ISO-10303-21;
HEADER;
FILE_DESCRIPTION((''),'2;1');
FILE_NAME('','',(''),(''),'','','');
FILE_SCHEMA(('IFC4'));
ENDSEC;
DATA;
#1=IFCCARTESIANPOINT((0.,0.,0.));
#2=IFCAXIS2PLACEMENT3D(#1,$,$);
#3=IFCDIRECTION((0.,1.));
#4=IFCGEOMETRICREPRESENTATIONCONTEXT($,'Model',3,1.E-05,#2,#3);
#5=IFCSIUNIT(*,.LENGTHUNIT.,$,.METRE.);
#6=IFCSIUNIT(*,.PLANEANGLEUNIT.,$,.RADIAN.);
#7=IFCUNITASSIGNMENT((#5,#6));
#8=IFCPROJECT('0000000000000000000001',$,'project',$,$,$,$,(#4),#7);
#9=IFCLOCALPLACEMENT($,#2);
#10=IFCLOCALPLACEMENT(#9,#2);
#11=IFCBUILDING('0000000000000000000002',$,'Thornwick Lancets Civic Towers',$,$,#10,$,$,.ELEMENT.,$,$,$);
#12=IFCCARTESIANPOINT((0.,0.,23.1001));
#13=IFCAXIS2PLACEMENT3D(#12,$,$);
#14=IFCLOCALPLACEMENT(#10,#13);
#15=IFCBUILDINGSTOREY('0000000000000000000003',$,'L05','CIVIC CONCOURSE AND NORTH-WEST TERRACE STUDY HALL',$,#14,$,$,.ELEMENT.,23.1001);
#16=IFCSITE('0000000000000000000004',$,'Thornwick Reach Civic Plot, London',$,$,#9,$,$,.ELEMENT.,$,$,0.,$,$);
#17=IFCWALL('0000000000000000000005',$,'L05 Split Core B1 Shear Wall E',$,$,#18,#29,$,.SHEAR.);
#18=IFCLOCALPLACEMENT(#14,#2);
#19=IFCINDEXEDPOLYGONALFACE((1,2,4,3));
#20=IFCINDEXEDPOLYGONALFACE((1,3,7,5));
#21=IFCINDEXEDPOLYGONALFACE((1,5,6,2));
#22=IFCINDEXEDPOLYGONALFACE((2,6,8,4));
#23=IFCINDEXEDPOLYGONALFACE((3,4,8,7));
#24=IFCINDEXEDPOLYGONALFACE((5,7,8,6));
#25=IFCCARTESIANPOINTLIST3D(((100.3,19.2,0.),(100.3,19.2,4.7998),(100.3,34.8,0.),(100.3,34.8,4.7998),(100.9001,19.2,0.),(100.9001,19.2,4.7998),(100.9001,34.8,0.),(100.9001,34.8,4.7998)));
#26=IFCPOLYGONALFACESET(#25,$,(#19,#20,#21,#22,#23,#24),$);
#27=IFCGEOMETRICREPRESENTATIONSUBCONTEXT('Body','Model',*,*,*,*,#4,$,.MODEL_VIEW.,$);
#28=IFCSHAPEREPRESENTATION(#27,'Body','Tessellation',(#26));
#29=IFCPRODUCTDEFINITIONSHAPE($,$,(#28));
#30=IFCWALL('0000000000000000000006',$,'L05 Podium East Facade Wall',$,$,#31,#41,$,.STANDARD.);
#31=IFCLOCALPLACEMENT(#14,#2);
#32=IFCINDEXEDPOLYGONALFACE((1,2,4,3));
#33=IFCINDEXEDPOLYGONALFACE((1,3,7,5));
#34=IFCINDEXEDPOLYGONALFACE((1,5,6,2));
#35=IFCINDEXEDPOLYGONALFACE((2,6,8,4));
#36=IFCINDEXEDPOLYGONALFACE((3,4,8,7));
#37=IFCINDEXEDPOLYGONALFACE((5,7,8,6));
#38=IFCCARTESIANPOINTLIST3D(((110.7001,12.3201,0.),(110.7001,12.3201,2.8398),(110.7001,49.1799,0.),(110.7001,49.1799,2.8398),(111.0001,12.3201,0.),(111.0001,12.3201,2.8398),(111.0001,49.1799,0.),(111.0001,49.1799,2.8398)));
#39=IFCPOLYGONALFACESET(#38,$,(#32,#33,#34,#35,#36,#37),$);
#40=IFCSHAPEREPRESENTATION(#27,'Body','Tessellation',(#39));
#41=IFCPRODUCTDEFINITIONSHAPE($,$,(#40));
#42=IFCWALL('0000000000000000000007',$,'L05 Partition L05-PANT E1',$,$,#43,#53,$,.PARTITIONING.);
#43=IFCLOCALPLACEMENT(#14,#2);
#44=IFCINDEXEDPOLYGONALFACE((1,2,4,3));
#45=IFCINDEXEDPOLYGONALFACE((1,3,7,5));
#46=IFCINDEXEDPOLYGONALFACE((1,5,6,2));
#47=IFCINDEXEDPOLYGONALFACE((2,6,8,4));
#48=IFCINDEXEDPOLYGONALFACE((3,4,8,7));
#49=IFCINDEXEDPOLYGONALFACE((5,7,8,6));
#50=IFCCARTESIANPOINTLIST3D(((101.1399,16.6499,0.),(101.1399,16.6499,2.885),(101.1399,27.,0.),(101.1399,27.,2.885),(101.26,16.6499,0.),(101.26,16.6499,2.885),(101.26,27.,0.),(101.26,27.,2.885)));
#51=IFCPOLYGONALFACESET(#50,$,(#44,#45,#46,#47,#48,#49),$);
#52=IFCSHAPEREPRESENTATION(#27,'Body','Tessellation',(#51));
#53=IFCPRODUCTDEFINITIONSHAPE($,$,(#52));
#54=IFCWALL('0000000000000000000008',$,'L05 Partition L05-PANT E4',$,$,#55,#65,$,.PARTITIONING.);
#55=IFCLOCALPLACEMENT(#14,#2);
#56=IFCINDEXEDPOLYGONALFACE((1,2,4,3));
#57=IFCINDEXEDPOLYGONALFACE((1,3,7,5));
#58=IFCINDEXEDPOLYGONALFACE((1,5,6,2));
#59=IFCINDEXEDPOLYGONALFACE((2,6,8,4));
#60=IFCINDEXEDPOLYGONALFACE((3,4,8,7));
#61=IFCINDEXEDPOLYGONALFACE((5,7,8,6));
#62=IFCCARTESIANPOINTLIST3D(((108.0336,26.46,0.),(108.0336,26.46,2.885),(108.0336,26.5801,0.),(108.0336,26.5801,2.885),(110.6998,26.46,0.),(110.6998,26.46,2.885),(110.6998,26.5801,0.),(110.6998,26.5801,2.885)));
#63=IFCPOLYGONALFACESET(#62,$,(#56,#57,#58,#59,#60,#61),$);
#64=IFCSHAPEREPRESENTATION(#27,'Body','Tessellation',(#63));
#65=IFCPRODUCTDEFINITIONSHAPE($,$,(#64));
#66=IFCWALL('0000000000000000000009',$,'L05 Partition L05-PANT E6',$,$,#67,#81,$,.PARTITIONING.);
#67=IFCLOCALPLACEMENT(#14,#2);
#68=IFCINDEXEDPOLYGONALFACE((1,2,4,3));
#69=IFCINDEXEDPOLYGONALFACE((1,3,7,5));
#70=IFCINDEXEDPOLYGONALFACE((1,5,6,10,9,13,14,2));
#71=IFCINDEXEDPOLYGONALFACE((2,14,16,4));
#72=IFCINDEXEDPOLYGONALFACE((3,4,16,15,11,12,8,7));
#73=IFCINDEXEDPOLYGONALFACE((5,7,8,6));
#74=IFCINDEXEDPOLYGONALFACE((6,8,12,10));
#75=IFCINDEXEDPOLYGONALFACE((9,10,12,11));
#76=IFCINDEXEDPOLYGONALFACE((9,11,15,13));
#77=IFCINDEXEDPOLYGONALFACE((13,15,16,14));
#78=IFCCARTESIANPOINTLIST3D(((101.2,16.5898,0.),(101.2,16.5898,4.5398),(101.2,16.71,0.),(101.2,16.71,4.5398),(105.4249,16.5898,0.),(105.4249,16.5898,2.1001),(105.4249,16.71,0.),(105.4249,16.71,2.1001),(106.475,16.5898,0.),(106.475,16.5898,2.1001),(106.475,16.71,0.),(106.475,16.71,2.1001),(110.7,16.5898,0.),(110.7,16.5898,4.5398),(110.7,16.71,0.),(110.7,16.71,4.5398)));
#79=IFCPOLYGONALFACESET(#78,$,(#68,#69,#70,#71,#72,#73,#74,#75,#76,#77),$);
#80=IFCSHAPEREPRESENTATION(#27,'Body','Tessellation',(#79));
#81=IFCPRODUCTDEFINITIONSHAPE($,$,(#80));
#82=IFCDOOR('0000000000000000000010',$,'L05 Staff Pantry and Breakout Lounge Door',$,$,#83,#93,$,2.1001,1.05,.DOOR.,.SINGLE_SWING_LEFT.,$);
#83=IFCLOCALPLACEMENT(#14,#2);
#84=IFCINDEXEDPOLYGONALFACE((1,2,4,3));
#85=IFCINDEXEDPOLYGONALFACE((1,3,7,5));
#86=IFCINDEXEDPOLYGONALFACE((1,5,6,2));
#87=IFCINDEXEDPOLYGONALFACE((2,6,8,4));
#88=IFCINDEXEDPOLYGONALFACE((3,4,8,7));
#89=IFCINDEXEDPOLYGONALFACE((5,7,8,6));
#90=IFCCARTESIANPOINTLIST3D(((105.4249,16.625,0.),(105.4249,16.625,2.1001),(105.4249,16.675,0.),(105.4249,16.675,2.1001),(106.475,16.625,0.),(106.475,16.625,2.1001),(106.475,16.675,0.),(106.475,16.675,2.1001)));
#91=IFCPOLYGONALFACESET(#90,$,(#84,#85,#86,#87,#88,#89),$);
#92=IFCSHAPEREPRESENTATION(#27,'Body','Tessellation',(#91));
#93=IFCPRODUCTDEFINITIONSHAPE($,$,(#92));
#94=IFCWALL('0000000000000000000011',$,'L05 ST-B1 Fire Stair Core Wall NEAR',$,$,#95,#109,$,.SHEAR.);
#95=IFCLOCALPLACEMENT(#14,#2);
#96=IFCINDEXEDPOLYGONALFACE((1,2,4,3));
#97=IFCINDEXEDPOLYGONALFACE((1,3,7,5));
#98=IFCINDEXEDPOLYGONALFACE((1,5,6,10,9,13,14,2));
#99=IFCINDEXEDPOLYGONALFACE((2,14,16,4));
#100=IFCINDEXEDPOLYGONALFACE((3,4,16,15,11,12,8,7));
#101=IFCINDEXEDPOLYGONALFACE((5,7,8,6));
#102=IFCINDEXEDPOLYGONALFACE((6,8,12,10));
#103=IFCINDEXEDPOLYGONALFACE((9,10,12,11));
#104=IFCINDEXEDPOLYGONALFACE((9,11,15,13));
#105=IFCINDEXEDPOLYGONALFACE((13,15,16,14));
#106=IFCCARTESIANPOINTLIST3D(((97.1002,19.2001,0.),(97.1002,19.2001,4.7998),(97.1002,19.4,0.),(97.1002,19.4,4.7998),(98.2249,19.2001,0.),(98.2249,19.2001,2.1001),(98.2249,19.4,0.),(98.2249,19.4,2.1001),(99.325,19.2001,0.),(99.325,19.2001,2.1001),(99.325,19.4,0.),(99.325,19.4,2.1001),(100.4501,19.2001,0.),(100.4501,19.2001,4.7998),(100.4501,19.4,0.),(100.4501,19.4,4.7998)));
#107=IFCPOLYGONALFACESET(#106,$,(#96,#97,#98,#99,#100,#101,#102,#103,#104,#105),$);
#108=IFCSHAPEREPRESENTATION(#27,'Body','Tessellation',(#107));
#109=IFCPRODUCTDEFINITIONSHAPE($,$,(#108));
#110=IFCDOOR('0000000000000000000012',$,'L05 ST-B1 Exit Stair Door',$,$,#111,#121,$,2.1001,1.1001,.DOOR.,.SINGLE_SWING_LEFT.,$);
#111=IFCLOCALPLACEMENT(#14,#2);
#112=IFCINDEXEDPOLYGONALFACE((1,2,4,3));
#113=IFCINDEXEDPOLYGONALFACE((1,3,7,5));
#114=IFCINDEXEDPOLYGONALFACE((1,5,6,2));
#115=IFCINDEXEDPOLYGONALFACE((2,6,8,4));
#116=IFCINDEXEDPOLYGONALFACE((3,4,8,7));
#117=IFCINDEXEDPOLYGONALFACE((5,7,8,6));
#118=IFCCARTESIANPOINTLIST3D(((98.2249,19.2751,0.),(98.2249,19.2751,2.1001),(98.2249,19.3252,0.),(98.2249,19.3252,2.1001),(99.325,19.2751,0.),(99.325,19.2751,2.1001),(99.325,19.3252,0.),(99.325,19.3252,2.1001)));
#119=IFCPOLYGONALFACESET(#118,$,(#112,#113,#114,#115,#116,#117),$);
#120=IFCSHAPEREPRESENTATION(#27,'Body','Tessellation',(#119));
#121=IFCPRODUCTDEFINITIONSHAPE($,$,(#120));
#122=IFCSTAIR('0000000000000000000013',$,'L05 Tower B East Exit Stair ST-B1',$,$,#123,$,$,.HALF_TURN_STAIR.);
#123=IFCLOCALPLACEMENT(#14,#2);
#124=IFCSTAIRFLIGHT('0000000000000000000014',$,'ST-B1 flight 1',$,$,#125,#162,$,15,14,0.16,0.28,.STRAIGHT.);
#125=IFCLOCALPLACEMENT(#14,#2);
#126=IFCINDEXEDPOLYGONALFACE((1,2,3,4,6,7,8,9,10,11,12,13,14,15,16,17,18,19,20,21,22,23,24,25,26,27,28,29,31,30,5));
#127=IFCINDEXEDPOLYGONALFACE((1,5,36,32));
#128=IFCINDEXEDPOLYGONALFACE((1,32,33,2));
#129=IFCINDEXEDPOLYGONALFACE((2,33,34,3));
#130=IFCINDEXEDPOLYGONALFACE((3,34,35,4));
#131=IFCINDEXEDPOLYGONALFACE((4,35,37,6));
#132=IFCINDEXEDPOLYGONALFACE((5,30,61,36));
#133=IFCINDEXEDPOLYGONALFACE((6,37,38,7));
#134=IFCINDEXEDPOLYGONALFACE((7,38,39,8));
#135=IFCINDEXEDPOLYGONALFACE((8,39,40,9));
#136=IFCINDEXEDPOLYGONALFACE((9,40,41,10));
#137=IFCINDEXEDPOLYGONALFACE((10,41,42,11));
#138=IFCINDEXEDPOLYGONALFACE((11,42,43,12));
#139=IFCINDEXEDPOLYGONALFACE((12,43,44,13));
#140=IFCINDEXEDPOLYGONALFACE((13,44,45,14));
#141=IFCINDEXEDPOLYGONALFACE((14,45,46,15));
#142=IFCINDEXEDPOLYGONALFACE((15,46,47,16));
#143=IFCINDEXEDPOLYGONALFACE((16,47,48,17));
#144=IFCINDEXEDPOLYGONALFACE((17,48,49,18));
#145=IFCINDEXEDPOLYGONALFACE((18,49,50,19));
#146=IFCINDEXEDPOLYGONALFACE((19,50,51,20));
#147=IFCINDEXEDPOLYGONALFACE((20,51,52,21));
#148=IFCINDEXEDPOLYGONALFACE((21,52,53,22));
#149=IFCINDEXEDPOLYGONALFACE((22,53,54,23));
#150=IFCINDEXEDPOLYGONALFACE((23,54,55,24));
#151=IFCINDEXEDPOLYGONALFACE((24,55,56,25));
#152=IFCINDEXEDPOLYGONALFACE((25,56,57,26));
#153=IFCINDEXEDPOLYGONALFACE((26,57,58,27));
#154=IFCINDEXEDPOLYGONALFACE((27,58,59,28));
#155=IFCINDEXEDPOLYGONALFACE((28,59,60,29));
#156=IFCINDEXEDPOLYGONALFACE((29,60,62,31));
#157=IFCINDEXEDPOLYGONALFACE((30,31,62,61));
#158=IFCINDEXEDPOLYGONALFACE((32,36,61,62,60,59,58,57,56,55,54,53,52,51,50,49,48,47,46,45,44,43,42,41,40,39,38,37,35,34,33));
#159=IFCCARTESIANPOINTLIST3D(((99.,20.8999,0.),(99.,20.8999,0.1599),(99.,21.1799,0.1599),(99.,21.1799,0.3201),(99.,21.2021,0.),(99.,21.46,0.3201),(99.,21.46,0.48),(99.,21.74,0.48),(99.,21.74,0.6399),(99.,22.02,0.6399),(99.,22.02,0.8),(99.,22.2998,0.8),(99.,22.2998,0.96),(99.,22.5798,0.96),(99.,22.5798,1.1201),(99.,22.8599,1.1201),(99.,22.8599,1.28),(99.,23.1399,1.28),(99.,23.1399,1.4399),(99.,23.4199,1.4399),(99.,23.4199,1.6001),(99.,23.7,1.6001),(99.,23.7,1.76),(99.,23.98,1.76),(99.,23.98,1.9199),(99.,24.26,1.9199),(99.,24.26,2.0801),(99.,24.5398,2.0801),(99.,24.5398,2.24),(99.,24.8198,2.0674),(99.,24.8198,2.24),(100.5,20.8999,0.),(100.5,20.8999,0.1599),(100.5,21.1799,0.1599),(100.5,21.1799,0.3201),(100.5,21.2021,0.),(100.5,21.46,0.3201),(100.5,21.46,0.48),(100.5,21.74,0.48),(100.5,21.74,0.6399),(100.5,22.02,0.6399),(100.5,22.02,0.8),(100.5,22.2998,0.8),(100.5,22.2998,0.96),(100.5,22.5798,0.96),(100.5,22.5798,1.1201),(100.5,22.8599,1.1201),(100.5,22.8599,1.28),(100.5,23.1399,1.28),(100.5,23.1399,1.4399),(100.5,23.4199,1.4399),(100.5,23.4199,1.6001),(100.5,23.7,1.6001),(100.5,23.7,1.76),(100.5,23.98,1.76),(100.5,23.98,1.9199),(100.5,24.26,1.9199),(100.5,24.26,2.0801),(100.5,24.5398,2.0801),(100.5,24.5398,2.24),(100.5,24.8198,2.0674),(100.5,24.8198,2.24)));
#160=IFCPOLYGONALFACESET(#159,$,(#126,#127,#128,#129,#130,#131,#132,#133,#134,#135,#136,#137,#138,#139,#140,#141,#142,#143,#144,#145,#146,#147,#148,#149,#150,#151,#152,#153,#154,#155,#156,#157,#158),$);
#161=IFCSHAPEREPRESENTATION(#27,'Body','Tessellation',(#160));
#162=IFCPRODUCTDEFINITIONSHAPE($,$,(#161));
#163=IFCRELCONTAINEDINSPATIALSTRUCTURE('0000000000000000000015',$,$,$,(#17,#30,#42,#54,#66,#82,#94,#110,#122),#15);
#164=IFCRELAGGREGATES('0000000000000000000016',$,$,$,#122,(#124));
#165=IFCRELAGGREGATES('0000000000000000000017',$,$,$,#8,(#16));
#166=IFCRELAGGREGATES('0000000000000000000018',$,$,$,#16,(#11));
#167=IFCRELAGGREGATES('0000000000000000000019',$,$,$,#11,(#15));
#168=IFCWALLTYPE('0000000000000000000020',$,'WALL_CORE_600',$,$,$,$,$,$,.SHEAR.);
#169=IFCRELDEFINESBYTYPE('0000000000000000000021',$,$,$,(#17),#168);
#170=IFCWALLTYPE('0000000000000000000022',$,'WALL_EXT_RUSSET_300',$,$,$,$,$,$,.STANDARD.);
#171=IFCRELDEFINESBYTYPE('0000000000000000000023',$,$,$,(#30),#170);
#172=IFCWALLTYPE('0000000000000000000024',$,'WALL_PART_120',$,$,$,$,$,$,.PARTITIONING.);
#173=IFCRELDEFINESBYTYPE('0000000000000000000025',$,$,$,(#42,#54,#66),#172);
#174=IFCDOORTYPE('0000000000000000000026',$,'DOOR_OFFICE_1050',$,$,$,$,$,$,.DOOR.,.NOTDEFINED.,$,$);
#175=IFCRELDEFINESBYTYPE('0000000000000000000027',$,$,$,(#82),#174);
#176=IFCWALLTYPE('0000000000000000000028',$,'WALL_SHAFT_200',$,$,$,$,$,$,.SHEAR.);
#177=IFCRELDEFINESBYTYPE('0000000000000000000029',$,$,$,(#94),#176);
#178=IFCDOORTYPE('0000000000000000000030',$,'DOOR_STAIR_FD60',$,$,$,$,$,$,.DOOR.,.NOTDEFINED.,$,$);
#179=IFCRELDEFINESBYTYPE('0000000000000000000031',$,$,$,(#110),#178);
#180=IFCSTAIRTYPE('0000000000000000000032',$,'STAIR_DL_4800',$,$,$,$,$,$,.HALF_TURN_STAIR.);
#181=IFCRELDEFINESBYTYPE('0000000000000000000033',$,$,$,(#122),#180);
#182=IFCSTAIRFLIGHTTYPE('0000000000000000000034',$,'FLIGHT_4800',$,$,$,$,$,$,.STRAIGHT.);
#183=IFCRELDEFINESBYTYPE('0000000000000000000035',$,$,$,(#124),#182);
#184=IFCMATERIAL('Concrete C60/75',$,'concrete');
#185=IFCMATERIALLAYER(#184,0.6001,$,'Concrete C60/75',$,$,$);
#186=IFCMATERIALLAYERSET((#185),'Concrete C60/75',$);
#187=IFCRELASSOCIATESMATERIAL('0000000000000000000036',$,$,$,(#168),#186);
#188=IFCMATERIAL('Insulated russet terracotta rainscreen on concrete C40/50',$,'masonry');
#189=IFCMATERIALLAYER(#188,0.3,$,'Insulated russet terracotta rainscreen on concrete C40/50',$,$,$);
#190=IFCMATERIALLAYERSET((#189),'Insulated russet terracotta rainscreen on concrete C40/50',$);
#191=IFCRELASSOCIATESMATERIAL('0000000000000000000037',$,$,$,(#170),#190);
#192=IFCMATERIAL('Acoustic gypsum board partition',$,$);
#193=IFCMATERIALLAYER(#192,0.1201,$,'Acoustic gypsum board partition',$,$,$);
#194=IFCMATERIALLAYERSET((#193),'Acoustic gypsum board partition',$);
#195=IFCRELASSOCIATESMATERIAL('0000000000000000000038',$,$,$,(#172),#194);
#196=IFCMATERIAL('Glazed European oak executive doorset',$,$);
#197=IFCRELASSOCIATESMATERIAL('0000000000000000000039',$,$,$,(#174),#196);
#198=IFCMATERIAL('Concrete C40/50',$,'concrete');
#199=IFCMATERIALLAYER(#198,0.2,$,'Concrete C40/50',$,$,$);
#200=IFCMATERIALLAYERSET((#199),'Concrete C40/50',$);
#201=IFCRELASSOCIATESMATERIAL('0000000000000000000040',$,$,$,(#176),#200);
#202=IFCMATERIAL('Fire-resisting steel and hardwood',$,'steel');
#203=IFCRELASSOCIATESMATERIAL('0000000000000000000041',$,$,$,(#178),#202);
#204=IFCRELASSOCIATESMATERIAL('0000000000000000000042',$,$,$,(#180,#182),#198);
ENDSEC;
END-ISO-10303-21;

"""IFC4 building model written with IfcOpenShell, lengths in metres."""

from ifc_helpers import new_model, si_unit, direction, frame, frame_2d, origin, place, context, subcontext, project, spatial, polyline, rectangle, outline, extrude, material, layer, layer_set, type_object, element, fill, aggregate, save


model = new_model("IFC4")

# Units and contexts
model_context = context("Model", 3, precision=1e-05, world=origin(), true_north=direction((0.0, 1.0)))
body_context = subcontext(model_context, "Body", "Model", "MODEL_VIEW")
ifc_project = project(units=[si_unit("LENGTHUNIT", "METRE"), si_unit("PLANEANGLEUNIT", "RADIAN")], contexts=[model_context])

# Site, building, storey
site_placement = place(None, origin())
site = spatial("IfcSite", under=ifc_project, at=site_placement, Name="Thornwick Reach Civic Plot, London", CompositionType="ELEMENT", RefElevation=0.0)
building_placement = place(site_placement, origin())
building = spatial("IfcBuilding", under=site, at=building_placement, Name="Thornwick Lancets Civic Towers", CompositionType="ELEMENT")
storey_placement = place(building_placement, frame((0.0, 0.0, 23.1001)))
storey = spatial("IfcBuildingStorey", under=building, at=storey_placement, Name="L05", Description="CIVIC CONCOURSE AND NORTH-WEST TERRACE STUDY HALL", CompositionType="ELEMENT", Elevation=23.1001)

# Shared definitions
ifc_material_1 = material(Name="Concrete C60/75", Category="concrete")
ifc_material_2 = material(Name="Concrete C40/50", Category="concrete")

# Walls
ifc_layer_1 = layer(ifc_material_1, 0.6001, Name="Concrete C60/75")
ifc_layer_set_1 = layer_set([ifc_layer_1], Name="Concrete C60/75")
wall_type_1 = type_object("IfcWallType", Name="WALL_CORE_600", PredefinedType="SHEAR", material=ifc_layer_set_1)
wall_1_placement = place(storey_placement, frame((100.6001, 19.2, 0.0), z_axis=(0.0, 0.0, 1.0), x_axis=(0.0, 1.0, 0.0)))
element("IfcWall", 1, at=wall_1_placement, inside=storey, type_object=wall_type_1, Name="L05 Split Core B1 Shear Wall E", PredefinedType="SHEAR", context=body_context, shape_type="SweptSolid", body=[
    extrude(rectangle(XDim=15.6001, YDim=0.6001, at=frame_2d((7.8, 0.0))), origin(), (0.0, 0.0, 1.0), 4.7998),
])
ifc_material_3 = material(Name="Insulated russet terracotta rainscreen on concrete C40/50", Category="masonry")
ifc_layer_2 = layer(ifc_material_3, 0.3, Name="Insulated russet terracotta rainscreen on concrete C40/50")
ifc_layer_set_2 = layer_set([ifc_layer_2], Name="Insulated russet terracotta rainscreen on concrete C40/50")
wall_type_2 = type_object("IfcWallType", Name="WALL_EXT_RUSSET_300", PredefinedType="STANDARD", material=ifc_layer_set_2)
wall_2_placement = place(storey_placement, frame((110.8501, 12.3201, 0.0), z_axis=(0.0, 0.0, 1.0), x_axis=(0.0, 1.0, 0.0)))
element("IfcWall", 2, at=wall_2_placement, inside=storey, type_object=wall_type_2, Name="L05 Podium East Facade Wall", PredefinedType="STANDARD", context=body_context, shape_type="SweptSolid", body=[
    extrude(rectangle(XDim=36.8599, YDim=0.3, at=frame_2d((18.4299, 0.0))), origin(), (0.0, 0.0, 1.0), 2.8398),
])
ifc_material_4 = material(Name="Acoustic gypsum board partition")
ifc_layer_3 = layer(ifc_material_4, 0.1201, Name="Acoustic gypsum board partition")
ifc_layer_set_3 = layer_set([ifc_layer_3], Name="Acoustic gypsum board partition")
wall_type_3 = type_object("IfcWallType", Name="WALL_PART_120", PredefinedType="PARTITIONING", material=ifc_layer_set_3)
wall_3_placement = place(storey_placement, frame((101.2, 16.6499, 0.0), z_axis=(0.0, 0.0, 1.0), x_axis=(0.0, 1.0, 0.0)))
element("IfcWall", 3, at=wall_3_placement, inside=storey, type_object=wall_type_3, Name="L05 Partition L05-PANT E1", PredefinedType="PARTITIONING", context=body_context, shape_type="SweptSolid", body=[
    extrude(rectangle(XDim=10.3501, YDim=0.1201, at=frame_2d((5.175, 0.0))), origin(), (0.0, 0.0, 1.0), 2.885),
])
wall_4_placement = place(storey_placement, frame((108.0337, 26.52, 0.0), z_axis=(0.0, 0.0, 1.0), x_axis=(1.0, 0.0, 0.0)))
element("IfcWall", 4, at=wall_4_placement, inside=storey, type_object=wall_type_3, Name="L05 Partition L05-PANT E4", PredefinedType="PARTITIONING", context=body_context, shape_type="SweptSolid", body=[
    extrude(rectangle(XDim=2.6663, YDim=0.1201, at=frame_2d((1.333, 0.0))), origin(), (0.0, 0.0, 1.0), 2.885),
])

# Walls, openings, doors
wall_5_placement = place(storey_placement, frame((110.7, 16.6499, 0.0), z_axis=(0.0, 0.0, 1.0), x_axis=(-1.0, 0.0, 0.0)))
wall_5 = element("IfcWall", 5, at=wall_5_placement, inside=storey, type_object=wall_type_3, Name="L05 Partition L05-PANT E6", PredefinedType="PARTITIONING", context=body_context, shape_type="SweptSolid", body=[
    extrude(rectangle(XDim=9.5, YDim=0.1201, at=frame_2d((4.75, 0.0))), origin(), (0.0, 0.0, 1.0), 4.5398),
])
opening_1_placement = place(wall_5_placement, frame((4.2251, 0.0, 0.0)))
opening_1 = element("IfcOpeningElement", 6, at=opening_1_placement, cuts=wall_5, PredefinedType="OPENING", context=body_context, shape_type="SweptSolid", body=[
    extrude(rectangle(XDim=1.05, YDim=2.1001, at=frame_2d((0.5249, 1.05))), frame((0.0, 0.0701, 0.0), z_axis=(0.0, -1.0, 0.0), x_axis=(1.0, 0.0, 0.0)), (0.0, 0.0, 1.0), 0.1401),
])
ifc_material_5 = material(Name="Glazed European oak executive doorset")
door_type_1 = type_object("IfcDoorType", Name="DOOR_OFFICE_1050", OperationType="NOTDEFINED", PredefinedType="DOOR", material=ifc_material_5)
door_1_placement = place(opening_1_placement, origin())
door_1 = element("IfcDoor", 7, at=door_1_placement, inside=storey, type_object=door_type_1, Name="L05 Staff Pantry and Breakout Lounge Door", OperationType="SINGLE_SWING_LEFT", OverallHeight=2.1001, OverallWidth=1.05, PredefinedType="DOOR", context=body_context, shape_type="SweptSolid", body=[
    extrude(rectangle(XDim=1.05, YDim=2.1001, at=frame_2d((0.5249, 1.05))), frame((0.0, 0.0249, 0.0), z_axis=(0.0, -1.0, 0.0), x_axis=(1.0, 0.0, 0.0)), (0.0, 0.0, 1.0), 0.05),
])
fill(opening_1, door_1)
ifc_layer_4 = layer(ifc_material_2, 0.2, Name="Concrete C40/50")
ifc_layer_set_4 = layer_set([ifc_layer_4], Name="Concrete C40/50")
wall_type_4 = type_object("IfcWallType", Name="WALL_SHAFT_200", PredefinedType="SHEAR", material=ifc_layer_set_4)
wall_6_placement = place(storey_placement, frame((100.45, 19.3, 0.0), z_axis=(0.0, 0.0, 1.0), x_axis=(-1.0, 0.0, 0.0)))
wall_6 = element("IfcWall", 8, at=wall_6_placement, inside=storey, type_object=wall_type_4, Name="L05 ST-B1 Fire Stair Core Wall NEAR", PredefinedType="SHEAR", context=body_context, shape_type="SweptSolid", body=[
    extrude(rectangle(XDim=3.3499, YDim=0.2, at=frame_2d((1.6748, 0.0))), origin(), (0.0, 0.0, 1.0), 4.7998),
])
opening_2_placement = place(wall_6_placement, frame((1.125, 0.0, 0.0)))
opening_2 = element("IfcOpeningElement", 9, at=opening_2_placement, cuts=wall_6, PredefinedType="OPENING", context=body_context, shape_type="SweptSolid", body=[
    extrude(rectangle(XDim=1.1001, YDim=2.1001, at=frame_2d((0.55, 1.05))), frame((0.0, 0.1099, 0.0), z_axis=(0.0, -1.0, 0.0), x_axis=(1.0, 0.0, 0.0)), (0.0, 0.0, 1.0), 0.22),
])
ifc_material_6 = material(Name="Fire-resisting steel and hardwood", Category="steel")
door_type_2 = type_object("IfcDoorType", Name="DOOR_STAIR_FD60", OperationType="NOTDEFINED", PredefinedType="DOOR", material=ifc_material_6)
door_2_placement = place(opening_2_placement, origin())
door_2 = element("IfcDoor", 10, at=door_2_placement, inside=storey, type_object=door_type_2, Name="L05 ST-B1 Exit Stair Door", OperationType="SINGLE_SWING_LEFT", OverallHeight=2.1001, OverallWidth=1.1001, PredefinedType="DOOR", context=body_context, shape_type="SweptSolid", body=[
    extrude(rectangle(XDim=1.1001, YDim=2.1001, at=frame_2d((0.55, 1.05))), frame((0.0, 0.0249, 0.0), z_axis=(0.0, -1.0, 0.0), x_axis=(1.0, 0.0, 0.0)), (0.0, 0.0, 1.0), 0.05),
])
fill(opening_2, door_2)

# Stair, stair flight
stair_type = type_object("IfcStairType", Name="STAIR_DL_4800", PredefinedType="HALF_TURN_STAIR", material=ifc_material_2)
stair_placement = place(storey_placement, origin())
stair = element("IfcStair", 11, at=stair_placement, inside=storey, type_object=stair_type, Name="L05 Tower B East Exit Stair ST-B1", PredefinedType="HALF_TURN_STAIR")
stair_flight_type = type_object("IfcStairFlightType", Name="FLIGHT_4800", PredefinedType="STRAIGHT", material=ifc_material_2)
stair_flight_placement = place(storey_placement, frame((99.75, 20.8999, 0.0), z_axis=(0.0, 0.0, 1.0), x_axis=(0.0, 1.0, 0.0)))
stair_flight = element("IfcStairFlight", 12, at=stair_flight_placement, type_object=stair_flight_type, Name="ST-B1 flight 1", NumberOfRisers=15, NumberOfTreads=14, PredefinedType="STRAIGHT", RiserHeight=0.16, TreadLength=0.28, context=body_context, shape_type="SweptSolid", body=[
    extrude(outline(polyline([(0.0, 0.0), (0.0, 0.1599), (0.28, 0.1599), (0.28, 0.3201), (0.5601, 0.3201), (0.5601, 0.48), (0.8401, 0.48), (0.8401, 0.6399), (1.1201, 0.6399), (1.1201, 0.8), (1.3999, 0.8), (1.3999, 0.96), (1.6799, 0.96), (1.6799, 1.1201), (1.96, 1.1201), (1.96, 1.28), (2.24, 1.28), (2.24, 1.4399), (2.52, 1.4399), (2.52, 1.6001), (2.8, 1.6001), (2.8, 1.76), (3.0801, 1.76), (3.0801, 1.9199), (3.3601, 1.9199), (3.3601, 2.0801), (3.6399, 2.0801), (3.6399, 2.24), (3.9199, 2.24), (3.9199, 2.3999), (3.9199, 2.0674), (0.3022, 0.0), (0.0, 0.0)])), frame((0.0, 0.75, 0.0), z_axis=(0.0, -1.0, 0.0), x_axis=(1.0, 0.0, 0.0)), (0.0, 0.0, 1.0), 1.5),
])
aggregate(stair, [stair_flight])

save(model, "model.ifc")
